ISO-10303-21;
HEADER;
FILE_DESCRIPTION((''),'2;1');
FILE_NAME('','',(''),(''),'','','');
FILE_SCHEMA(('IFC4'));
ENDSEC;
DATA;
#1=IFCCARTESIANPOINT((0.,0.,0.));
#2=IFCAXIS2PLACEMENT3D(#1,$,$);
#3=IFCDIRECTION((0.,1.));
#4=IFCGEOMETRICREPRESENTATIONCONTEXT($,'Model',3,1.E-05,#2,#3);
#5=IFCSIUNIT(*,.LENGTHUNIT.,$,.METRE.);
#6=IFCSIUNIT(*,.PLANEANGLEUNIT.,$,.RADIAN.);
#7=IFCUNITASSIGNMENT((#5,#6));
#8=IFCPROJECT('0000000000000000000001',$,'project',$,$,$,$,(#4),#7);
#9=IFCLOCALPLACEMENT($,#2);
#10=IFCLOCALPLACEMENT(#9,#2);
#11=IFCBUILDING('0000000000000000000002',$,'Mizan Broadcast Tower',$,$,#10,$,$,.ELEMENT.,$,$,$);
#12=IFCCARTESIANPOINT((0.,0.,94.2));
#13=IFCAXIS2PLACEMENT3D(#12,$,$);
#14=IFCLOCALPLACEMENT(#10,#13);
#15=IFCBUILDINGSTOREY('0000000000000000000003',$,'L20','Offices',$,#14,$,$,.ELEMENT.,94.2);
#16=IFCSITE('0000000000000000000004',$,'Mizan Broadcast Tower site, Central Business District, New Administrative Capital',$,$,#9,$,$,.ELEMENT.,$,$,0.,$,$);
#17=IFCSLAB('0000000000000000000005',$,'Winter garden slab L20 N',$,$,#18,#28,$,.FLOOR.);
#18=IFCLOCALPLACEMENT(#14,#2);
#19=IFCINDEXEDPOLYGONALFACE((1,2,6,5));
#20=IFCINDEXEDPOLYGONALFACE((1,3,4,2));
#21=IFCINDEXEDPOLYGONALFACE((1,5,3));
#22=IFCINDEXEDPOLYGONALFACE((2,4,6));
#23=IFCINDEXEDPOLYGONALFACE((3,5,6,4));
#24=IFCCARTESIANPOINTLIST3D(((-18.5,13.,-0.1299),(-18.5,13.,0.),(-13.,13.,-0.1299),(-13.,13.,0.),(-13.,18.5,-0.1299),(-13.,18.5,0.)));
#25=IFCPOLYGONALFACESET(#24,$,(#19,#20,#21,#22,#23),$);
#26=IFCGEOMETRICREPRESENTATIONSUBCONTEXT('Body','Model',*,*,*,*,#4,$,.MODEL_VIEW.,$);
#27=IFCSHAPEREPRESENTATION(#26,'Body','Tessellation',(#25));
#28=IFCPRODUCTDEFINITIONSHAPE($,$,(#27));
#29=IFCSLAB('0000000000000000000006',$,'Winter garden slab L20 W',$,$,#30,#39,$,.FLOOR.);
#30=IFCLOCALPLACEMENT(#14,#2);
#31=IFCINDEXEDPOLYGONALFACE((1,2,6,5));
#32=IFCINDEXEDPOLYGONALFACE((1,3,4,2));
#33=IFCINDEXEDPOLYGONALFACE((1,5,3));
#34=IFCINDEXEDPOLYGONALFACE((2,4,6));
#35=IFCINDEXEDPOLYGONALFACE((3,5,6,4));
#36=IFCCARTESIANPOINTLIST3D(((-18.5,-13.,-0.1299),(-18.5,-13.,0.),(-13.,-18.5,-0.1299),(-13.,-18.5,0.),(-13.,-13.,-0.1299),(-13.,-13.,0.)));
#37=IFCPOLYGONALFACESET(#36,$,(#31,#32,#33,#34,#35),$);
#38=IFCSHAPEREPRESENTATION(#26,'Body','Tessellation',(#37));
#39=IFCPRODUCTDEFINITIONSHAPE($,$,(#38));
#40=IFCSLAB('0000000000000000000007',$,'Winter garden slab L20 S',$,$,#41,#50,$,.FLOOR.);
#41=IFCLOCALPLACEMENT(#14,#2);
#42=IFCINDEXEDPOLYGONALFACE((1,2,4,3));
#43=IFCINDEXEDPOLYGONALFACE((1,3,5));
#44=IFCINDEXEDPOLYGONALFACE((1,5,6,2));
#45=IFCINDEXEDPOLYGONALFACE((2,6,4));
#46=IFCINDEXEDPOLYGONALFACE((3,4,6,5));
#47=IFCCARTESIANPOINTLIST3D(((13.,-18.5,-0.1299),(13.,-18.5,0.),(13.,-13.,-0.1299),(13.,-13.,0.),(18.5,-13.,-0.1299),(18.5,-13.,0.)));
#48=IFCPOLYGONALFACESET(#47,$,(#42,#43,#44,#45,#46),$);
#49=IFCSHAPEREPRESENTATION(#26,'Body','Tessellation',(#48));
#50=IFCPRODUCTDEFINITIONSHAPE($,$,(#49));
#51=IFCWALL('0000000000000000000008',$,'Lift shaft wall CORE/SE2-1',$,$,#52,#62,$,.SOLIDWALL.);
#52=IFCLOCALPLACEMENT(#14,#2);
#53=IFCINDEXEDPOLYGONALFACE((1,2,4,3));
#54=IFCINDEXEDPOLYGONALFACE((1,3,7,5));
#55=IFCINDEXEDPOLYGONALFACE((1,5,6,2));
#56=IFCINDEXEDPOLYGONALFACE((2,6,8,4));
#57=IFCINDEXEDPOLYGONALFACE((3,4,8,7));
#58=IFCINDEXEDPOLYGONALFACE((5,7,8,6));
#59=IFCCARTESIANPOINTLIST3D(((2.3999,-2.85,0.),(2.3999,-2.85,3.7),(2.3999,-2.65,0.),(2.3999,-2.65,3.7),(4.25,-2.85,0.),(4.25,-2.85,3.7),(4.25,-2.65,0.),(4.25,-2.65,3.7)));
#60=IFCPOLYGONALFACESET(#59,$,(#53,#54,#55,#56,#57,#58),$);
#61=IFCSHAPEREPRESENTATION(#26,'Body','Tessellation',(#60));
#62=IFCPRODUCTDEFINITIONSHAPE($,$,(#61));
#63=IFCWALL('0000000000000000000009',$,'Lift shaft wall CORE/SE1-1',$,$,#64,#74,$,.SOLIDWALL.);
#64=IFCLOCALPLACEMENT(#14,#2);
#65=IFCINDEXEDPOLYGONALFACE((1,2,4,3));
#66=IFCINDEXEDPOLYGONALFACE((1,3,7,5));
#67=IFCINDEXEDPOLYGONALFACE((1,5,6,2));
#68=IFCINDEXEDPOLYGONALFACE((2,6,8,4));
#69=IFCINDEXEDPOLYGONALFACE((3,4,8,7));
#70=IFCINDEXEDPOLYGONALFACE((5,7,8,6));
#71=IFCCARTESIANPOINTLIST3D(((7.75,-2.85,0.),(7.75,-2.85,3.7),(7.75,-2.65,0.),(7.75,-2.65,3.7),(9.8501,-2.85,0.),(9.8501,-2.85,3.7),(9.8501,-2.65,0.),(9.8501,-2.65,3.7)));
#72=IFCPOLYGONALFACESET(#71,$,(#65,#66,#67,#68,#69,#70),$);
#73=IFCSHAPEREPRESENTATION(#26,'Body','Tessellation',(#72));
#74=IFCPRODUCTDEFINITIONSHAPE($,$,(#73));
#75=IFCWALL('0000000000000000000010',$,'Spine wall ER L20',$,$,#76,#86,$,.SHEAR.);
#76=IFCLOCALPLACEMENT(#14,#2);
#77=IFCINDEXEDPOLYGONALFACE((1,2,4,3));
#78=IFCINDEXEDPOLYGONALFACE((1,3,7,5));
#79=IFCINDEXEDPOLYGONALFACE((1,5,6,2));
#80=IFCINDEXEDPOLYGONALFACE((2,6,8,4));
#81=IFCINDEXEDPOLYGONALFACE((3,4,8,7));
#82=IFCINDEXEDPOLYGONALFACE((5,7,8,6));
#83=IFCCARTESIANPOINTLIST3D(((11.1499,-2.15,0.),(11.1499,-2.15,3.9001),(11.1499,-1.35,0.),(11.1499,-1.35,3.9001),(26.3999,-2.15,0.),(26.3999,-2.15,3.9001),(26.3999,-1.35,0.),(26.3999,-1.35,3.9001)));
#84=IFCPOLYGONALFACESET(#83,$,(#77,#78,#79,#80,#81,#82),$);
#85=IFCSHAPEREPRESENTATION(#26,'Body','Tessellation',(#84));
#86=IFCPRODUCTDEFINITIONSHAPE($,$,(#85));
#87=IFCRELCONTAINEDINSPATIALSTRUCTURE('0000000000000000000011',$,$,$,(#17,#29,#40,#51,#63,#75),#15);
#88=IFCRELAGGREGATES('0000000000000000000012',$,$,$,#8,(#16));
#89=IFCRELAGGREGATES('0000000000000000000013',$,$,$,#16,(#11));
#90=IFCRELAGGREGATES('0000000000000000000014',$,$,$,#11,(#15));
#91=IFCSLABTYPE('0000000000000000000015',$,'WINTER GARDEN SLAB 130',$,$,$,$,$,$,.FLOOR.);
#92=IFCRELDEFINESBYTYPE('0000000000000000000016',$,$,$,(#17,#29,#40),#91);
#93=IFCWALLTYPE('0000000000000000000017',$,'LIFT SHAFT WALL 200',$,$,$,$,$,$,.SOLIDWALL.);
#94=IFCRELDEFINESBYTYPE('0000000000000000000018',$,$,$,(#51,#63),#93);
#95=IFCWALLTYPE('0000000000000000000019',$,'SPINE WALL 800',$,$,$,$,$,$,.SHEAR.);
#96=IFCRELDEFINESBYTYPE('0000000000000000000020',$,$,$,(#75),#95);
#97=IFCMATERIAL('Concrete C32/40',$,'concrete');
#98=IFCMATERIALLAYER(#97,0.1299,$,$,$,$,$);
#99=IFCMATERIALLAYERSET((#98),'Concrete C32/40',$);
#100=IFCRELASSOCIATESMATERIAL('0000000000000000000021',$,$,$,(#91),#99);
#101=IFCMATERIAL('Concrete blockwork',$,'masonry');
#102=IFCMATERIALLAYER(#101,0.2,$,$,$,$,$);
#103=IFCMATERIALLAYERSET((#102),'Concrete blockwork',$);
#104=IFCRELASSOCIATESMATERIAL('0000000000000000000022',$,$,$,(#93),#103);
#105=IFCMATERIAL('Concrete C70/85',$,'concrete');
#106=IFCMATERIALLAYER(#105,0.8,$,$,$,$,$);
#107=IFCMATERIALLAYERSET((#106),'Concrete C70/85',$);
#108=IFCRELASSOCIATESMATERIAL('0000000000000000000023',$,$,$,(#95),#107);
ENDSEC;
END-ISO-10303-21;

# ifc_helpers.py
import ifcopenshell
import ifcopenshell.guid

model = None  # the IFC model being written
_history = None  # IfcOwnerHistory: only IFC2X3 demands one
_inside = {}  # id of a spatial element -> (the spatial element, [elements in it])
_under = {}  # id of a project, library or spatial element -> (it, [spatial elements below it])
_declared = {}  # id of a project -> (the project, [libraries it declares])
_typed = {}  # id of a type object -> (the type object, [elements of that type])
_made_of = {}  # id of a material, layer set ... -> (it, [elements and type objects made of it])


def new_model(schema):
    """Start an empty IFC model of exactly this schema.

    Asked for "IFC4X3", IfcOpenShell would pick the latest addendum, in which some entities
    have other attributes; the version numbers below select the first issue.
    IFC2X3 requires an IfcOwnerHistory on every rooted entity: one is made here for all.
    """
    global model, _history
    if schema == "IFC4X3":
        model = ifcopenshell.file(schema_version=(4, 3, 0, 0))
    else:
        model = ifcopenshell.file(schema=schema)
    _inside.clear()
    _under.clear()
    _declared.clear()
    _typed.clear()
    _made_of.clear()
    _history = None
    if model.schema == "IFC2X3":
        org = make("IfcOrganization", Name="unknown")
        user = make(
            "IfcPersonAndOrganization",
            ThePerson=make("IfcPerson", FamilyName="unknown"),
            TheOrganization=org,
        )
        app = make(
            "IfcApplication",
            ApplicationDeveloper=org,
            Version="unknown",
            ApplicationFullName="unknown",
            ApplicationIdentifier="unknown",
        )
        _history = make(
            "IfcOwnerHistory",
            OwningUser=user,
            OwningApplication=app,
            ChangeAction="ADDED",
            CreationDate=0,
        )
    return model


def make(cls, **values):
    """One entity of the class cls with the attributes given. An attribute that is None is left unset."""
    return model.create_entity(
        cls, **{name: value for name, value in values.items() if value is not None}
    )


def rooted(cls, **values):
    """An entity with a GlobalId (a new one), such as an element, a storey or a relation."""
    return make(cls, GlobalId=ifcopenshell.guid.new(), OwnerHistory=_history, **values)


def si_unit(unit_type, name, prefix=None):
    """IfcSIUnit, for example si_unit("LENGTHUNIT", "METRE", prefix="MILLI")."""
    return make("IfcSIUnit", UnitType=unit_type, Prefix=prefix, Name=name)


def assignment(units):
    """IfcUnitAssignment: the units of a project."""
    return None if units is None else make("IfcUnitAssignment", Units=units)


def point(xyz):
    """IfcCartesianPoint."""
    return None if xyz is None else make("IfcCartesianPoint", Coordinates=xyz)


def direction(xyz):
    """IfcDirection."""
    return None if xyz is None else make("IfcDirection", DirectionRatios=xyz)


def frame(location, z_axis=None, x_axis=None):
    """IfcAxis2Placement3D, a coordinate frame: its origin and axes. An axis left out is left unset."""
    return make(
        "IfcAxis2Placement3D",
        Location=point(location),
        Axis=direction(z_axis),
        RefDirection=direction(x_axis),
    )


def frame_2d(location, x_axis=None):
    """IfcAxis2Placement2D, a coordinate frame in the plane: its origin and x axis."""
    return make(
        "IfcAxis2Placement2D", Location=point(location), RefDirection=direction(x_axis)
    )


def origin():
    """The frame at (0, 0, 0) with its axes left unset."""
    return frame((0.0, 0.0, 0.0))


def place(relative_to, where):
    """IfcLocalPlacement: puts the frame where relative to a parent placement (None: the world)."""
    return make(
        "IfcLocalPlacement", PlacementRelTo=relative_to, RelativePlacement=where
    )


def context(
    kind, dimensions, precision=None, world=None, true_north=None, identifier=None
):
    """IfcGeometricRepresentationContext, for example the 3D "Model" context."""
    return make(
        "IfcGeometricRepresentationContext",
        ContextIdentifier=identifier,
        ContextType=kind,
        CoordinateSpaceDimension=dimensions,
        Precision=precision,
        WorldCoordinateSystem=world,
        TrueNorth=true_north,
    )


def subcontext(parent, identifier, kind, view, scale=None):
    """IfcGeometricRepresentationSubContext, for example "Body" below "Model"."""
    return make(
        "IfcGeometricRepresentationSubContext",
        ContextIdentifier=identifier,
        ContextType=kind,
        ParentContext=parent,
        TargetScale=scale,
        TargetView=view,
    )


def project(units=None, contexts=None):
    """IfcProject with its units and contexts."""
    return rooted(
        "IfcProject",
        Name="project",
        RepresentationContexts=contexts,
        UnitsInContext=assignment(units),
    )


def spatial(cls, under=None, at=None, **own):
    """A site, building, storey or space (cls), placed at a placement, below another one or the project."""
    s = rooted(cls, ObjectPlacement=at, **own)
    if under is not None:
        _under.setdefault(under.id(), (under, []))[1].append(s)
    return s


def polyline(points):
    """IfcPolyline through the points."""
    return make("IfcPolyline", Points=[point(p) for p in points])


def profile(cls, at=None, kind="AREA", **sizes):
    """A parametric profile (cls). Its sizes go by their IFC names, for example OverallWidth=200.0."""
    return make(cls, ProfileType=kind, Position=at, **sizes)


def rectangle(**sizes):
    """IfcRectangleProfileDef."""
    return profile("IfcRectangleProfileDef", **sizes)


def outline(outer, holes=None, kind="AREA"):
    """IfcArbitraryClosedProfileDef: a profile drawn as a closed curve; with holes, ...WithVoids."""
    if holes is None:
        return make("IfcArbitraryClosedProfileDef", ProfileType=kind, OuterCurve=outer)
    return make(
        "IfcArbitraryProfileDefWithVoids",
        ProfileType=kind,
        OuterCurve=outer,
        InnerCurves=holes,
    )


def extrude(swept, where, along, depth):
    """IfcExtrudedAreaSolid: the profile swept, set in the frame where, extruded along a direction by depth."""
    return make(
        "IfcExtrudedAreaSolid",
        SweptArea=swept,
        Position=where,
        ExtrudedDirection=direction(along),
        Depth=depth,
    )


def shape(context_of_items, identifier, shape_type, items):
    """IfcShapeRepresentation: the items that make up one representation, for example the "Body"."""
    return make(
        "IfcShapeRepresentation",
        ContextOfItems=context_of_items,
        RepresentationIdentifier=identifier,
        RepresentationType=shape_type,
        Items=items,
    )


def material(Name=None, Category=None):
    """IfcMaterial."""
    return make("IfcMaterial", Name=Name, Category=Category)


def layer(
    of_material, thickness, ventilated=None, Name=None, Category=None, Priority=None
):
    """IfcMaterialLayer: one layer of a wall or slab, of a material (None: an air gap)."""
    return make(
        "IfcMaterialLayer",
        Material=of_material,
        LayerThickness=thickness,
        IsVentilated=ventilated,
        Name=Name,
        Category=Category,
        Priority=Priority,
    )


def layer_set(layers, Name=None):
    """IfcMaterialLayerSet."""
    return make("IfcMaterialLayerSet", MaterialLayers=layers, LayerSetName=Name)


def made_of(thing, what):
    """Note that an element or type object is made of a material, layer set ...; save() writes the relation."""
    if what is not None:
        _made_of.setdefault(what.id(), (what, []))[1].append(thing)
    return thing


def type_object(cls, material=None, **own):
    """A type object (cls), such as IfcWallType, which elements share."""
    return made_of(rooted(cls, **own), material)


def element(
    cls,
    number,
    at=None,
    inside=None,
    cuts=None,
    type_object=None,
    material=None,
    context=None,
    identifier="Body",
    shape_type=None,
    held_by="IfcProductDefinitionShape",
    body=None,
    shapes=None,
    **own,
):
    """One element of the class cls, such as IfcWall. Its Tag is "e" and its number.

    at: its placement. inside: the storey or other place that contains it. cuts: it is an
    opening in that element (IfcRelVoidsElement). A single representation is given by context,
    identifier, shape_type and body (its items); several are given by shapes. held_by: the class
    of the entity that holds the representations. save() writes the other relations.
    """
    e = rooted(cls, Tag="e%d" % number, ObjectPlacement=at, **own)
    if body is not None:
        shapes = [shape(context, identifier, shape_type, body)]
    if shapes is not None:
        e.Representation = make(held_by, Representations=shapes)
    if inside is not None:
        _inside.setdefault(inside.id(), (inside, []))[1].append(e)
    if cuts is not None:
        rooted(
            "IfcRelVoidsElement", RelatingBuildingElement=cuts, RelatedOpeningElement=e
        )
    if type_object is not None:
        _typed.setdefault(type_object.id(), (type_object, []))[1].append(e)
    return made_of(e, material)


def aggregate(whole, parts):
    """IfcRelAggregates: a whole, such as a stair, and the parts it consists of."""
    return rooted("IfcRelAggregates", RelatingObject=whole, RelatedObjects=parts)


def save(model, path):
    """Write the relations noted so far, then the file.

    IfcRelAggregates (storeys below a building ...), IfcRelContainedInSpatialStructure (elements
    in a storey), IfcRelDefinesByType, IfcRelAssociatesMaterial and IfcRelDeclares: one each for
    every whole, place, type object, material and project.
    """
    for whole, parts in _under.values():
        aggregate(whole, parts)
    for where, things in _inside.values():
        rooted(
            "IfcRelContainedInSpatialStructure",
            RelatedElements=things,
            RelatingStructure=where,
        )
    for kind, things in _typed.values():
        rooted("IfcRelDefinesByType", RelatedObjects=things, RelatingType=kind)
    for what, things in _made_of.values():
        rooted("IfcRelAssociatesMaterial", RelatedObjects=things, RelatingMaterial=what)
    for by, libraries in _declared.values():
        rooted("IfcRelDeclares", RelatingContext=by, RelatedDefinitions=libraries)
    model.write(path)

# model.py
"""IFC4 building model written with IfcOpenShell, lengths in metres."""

from ifc_helpers import new_model, si_unit, direction, frame, frame_2d, origin, place, context, subcontext, project, spatial, polyline, rectangle, outline, extrude, material, layer, layer_set, type_object, element, save


model = new_model("IFC4")

# Units and contexts
model_context = context("Model", 3, precision=1e-05, world=origin(), true_north=direction((0.0, 1.0)))
body_context = subcontext(model_context, "Body", "Model", "MODEL_VIEW")
ifc_project = project(units=[si_unit("LENGTHUNIT", "METRE"), si_unit("PLANEANGLEUNIT", "RADIAN")], contexts=[model_context])

# Site, building, storey
site_placement = place(None, origin())
site = spatial("IfcSite", under=ifc_project, at=site_placement, Name="Mizan Broadcast Tower site, Central Business District, New Administrative Capital", CompositionType="ELEMENT", RefElevation=0.0)
building_placement = place(site_placement, origin())
building = spatial("IfcBuilding", under=site, at=building_placement, Name="Mizan Broadcast Tower", CompositionType="ELEMENT")
storey_placement = place(building_placement, frame((0.0, 0.0, 94.2)))
storey = spatial("IfcBuildingStorey", under=building, at=storey_placement, Name="L20", Description="Offices", CompositionType="ELEMENT", Elevation=94.2)

# Slabs
ifc_material_1 = material(Name="Concrete C32/40", Category="concrete")
ifc_layer_1 = layer(ifc_material_1, 0.1299)
ifc_layer_set_1 = layer_set([ifc_layer_1], Name="Concrete C32/40")
slab_type_1 = type_object("IfcSlabType", Name="WINTER GARDEN SLAB 130", PredefinedType="FLOOR", material=ifc_layer_set_1)
slab_1_placement = place(storey_placement, frame((0.0, 0.0, -0.1299)))
element("IfcSlab", 1, at=slab_1_placement, inside=storey, type_object=slab_type_1, Name="Winter garden slab L20 N", PredefinedType="FLOOR", context=body_context, shape_type="SweptSolid", body=[
    extrude(outline(polyline([(-13.0, 13.0), (-13.0, 18.5), (-18.5, 13.0), (-13.0, 13.0)])), origin(), (0.0, 0.0, 1.0), 0.1299),
])
slab_2_placement = place(storey_placement, frame((0.0, 0.0, -0.1299)))
element("IfcSlab", 2, at=slab_2_placement, inside=storey, type_object=slab_type_1, Name="Winter garden slab L20 W", PredefinedType="FLOOR", context=body_context, shape_type="SweptSolid", body=[
    extrude(outline(polyline([(-13.0, -13.0), (-18.5, -13.0), (-13.0, -18.5), (-13.0, -13.0)])), origin(), (0.0, 0.0, 1.0), 0.1299),
])
slab_3_placement = place(storey_placement, frame((0.0, 0.0, -0.1299)))
element("IfcSlab", 3, at=slab_3_placement, inside=storey, type_object=slab_type_1, Name="Winter garden slab L20 S", PredefinedType="FLOOR", context=body_context, shape_type="SweptSolid", body=[
    extrude(outline(polyline([(13.0, -13.0), (13.0, -18.5), (18.5, -13.0), (13.0, -13.0)])), origin(), (0.0, 0.0, 1.0), 0.1299),
])

# Walls
ifc_material_2 = material(Name="Concrete blockwork", Category="masonry")
ifc_layer_2 = layer(ifc_material_2, 0.2)
ifc_layer_set_2 = layer_set([ifc_layer_2], Name="Concrete blockwork")
wall_type_1 = type_object("IfcWallType", Name="LIFT SHAFT WALL 200", PredefinedType="SOLIDWALL", material=ifc_layer_set_2)
wall_1_placement = place(storey_placement, frame((2.3999, -2.75, 0.0), z_axis=(0.0, 0.0, 1.0), x_axis=(1.0, 0.0, 0.0)))
element("IfcWall", 4, at=wall_1_placement, inside=storey, type_object=wall_type_1, Name="Lift shaft wall CORE/SE2-1", PredefinedType="SOLIDWALL", context=body_context, shape_type="SweptSolid", body=[
    extrude(rectangle(XDim=1.8501, YDim=0.2, at=frame_2d((0.925, 0.0))), origin(), (0.0, 0.0, 1.0), 3.7),
])
wall_2_placement = place(storey_placement, frame((7.75, -2.75, 0.0), z_axis=(0.0, 0.0, 1.0), x_axis=(1.0, 0.0, 0.0)))
element("IfcWall", 5, at=wall_2_placement, inside=storey, type_object=wall_type_1, Name="Lift shaft wall CORE/SE1-1", PredefinedType="SOLIDWALL", context=body_context, shape_type="SweptSolid", body=[
    extrude(rectangle(XDim=2.1001, YDim=0.2, at=frame_2d((1.05, 0.0))), origin(), (0.0, 0.0, 1.0), 3.7),
])
ifc_material_3 = material(Name="Concrete C70/85", Category="concrete")
ifc_layer_3 = layer(ifc_material_3, 0.8)
ifc_layer_set_3 = layer_set([ifc_layer_3], Name="Concrete C70/85")
wall_type_2 = type_object("IfcWallType", Name="SPINE WALL 800", PredefinedType="SHEAR", material=ifc_layer_set_3)
wall_3_placement = place(storey_placement, frame((11.1499, -1.75, 0.0), z_axis=(0.0, 0.0, 1.0), x_axis=(1.0, 0.0, 0.0)))
element("IfcWall", 6, at=wall_3_placement, inside=storey, type_object=wall_type_2, Name="Spine wall ER L20", PredefinedType="SHEAR", context=body_context, shape_type="SweptSolid", body=[
    extrude(rectangle(XDim=15.25, YDim=0.8, at=frame_2d((7.625, 0.0))), origin(), (0.0, 0.0, 1.0), 3.9001),
])

save(model, "model.ifc")
